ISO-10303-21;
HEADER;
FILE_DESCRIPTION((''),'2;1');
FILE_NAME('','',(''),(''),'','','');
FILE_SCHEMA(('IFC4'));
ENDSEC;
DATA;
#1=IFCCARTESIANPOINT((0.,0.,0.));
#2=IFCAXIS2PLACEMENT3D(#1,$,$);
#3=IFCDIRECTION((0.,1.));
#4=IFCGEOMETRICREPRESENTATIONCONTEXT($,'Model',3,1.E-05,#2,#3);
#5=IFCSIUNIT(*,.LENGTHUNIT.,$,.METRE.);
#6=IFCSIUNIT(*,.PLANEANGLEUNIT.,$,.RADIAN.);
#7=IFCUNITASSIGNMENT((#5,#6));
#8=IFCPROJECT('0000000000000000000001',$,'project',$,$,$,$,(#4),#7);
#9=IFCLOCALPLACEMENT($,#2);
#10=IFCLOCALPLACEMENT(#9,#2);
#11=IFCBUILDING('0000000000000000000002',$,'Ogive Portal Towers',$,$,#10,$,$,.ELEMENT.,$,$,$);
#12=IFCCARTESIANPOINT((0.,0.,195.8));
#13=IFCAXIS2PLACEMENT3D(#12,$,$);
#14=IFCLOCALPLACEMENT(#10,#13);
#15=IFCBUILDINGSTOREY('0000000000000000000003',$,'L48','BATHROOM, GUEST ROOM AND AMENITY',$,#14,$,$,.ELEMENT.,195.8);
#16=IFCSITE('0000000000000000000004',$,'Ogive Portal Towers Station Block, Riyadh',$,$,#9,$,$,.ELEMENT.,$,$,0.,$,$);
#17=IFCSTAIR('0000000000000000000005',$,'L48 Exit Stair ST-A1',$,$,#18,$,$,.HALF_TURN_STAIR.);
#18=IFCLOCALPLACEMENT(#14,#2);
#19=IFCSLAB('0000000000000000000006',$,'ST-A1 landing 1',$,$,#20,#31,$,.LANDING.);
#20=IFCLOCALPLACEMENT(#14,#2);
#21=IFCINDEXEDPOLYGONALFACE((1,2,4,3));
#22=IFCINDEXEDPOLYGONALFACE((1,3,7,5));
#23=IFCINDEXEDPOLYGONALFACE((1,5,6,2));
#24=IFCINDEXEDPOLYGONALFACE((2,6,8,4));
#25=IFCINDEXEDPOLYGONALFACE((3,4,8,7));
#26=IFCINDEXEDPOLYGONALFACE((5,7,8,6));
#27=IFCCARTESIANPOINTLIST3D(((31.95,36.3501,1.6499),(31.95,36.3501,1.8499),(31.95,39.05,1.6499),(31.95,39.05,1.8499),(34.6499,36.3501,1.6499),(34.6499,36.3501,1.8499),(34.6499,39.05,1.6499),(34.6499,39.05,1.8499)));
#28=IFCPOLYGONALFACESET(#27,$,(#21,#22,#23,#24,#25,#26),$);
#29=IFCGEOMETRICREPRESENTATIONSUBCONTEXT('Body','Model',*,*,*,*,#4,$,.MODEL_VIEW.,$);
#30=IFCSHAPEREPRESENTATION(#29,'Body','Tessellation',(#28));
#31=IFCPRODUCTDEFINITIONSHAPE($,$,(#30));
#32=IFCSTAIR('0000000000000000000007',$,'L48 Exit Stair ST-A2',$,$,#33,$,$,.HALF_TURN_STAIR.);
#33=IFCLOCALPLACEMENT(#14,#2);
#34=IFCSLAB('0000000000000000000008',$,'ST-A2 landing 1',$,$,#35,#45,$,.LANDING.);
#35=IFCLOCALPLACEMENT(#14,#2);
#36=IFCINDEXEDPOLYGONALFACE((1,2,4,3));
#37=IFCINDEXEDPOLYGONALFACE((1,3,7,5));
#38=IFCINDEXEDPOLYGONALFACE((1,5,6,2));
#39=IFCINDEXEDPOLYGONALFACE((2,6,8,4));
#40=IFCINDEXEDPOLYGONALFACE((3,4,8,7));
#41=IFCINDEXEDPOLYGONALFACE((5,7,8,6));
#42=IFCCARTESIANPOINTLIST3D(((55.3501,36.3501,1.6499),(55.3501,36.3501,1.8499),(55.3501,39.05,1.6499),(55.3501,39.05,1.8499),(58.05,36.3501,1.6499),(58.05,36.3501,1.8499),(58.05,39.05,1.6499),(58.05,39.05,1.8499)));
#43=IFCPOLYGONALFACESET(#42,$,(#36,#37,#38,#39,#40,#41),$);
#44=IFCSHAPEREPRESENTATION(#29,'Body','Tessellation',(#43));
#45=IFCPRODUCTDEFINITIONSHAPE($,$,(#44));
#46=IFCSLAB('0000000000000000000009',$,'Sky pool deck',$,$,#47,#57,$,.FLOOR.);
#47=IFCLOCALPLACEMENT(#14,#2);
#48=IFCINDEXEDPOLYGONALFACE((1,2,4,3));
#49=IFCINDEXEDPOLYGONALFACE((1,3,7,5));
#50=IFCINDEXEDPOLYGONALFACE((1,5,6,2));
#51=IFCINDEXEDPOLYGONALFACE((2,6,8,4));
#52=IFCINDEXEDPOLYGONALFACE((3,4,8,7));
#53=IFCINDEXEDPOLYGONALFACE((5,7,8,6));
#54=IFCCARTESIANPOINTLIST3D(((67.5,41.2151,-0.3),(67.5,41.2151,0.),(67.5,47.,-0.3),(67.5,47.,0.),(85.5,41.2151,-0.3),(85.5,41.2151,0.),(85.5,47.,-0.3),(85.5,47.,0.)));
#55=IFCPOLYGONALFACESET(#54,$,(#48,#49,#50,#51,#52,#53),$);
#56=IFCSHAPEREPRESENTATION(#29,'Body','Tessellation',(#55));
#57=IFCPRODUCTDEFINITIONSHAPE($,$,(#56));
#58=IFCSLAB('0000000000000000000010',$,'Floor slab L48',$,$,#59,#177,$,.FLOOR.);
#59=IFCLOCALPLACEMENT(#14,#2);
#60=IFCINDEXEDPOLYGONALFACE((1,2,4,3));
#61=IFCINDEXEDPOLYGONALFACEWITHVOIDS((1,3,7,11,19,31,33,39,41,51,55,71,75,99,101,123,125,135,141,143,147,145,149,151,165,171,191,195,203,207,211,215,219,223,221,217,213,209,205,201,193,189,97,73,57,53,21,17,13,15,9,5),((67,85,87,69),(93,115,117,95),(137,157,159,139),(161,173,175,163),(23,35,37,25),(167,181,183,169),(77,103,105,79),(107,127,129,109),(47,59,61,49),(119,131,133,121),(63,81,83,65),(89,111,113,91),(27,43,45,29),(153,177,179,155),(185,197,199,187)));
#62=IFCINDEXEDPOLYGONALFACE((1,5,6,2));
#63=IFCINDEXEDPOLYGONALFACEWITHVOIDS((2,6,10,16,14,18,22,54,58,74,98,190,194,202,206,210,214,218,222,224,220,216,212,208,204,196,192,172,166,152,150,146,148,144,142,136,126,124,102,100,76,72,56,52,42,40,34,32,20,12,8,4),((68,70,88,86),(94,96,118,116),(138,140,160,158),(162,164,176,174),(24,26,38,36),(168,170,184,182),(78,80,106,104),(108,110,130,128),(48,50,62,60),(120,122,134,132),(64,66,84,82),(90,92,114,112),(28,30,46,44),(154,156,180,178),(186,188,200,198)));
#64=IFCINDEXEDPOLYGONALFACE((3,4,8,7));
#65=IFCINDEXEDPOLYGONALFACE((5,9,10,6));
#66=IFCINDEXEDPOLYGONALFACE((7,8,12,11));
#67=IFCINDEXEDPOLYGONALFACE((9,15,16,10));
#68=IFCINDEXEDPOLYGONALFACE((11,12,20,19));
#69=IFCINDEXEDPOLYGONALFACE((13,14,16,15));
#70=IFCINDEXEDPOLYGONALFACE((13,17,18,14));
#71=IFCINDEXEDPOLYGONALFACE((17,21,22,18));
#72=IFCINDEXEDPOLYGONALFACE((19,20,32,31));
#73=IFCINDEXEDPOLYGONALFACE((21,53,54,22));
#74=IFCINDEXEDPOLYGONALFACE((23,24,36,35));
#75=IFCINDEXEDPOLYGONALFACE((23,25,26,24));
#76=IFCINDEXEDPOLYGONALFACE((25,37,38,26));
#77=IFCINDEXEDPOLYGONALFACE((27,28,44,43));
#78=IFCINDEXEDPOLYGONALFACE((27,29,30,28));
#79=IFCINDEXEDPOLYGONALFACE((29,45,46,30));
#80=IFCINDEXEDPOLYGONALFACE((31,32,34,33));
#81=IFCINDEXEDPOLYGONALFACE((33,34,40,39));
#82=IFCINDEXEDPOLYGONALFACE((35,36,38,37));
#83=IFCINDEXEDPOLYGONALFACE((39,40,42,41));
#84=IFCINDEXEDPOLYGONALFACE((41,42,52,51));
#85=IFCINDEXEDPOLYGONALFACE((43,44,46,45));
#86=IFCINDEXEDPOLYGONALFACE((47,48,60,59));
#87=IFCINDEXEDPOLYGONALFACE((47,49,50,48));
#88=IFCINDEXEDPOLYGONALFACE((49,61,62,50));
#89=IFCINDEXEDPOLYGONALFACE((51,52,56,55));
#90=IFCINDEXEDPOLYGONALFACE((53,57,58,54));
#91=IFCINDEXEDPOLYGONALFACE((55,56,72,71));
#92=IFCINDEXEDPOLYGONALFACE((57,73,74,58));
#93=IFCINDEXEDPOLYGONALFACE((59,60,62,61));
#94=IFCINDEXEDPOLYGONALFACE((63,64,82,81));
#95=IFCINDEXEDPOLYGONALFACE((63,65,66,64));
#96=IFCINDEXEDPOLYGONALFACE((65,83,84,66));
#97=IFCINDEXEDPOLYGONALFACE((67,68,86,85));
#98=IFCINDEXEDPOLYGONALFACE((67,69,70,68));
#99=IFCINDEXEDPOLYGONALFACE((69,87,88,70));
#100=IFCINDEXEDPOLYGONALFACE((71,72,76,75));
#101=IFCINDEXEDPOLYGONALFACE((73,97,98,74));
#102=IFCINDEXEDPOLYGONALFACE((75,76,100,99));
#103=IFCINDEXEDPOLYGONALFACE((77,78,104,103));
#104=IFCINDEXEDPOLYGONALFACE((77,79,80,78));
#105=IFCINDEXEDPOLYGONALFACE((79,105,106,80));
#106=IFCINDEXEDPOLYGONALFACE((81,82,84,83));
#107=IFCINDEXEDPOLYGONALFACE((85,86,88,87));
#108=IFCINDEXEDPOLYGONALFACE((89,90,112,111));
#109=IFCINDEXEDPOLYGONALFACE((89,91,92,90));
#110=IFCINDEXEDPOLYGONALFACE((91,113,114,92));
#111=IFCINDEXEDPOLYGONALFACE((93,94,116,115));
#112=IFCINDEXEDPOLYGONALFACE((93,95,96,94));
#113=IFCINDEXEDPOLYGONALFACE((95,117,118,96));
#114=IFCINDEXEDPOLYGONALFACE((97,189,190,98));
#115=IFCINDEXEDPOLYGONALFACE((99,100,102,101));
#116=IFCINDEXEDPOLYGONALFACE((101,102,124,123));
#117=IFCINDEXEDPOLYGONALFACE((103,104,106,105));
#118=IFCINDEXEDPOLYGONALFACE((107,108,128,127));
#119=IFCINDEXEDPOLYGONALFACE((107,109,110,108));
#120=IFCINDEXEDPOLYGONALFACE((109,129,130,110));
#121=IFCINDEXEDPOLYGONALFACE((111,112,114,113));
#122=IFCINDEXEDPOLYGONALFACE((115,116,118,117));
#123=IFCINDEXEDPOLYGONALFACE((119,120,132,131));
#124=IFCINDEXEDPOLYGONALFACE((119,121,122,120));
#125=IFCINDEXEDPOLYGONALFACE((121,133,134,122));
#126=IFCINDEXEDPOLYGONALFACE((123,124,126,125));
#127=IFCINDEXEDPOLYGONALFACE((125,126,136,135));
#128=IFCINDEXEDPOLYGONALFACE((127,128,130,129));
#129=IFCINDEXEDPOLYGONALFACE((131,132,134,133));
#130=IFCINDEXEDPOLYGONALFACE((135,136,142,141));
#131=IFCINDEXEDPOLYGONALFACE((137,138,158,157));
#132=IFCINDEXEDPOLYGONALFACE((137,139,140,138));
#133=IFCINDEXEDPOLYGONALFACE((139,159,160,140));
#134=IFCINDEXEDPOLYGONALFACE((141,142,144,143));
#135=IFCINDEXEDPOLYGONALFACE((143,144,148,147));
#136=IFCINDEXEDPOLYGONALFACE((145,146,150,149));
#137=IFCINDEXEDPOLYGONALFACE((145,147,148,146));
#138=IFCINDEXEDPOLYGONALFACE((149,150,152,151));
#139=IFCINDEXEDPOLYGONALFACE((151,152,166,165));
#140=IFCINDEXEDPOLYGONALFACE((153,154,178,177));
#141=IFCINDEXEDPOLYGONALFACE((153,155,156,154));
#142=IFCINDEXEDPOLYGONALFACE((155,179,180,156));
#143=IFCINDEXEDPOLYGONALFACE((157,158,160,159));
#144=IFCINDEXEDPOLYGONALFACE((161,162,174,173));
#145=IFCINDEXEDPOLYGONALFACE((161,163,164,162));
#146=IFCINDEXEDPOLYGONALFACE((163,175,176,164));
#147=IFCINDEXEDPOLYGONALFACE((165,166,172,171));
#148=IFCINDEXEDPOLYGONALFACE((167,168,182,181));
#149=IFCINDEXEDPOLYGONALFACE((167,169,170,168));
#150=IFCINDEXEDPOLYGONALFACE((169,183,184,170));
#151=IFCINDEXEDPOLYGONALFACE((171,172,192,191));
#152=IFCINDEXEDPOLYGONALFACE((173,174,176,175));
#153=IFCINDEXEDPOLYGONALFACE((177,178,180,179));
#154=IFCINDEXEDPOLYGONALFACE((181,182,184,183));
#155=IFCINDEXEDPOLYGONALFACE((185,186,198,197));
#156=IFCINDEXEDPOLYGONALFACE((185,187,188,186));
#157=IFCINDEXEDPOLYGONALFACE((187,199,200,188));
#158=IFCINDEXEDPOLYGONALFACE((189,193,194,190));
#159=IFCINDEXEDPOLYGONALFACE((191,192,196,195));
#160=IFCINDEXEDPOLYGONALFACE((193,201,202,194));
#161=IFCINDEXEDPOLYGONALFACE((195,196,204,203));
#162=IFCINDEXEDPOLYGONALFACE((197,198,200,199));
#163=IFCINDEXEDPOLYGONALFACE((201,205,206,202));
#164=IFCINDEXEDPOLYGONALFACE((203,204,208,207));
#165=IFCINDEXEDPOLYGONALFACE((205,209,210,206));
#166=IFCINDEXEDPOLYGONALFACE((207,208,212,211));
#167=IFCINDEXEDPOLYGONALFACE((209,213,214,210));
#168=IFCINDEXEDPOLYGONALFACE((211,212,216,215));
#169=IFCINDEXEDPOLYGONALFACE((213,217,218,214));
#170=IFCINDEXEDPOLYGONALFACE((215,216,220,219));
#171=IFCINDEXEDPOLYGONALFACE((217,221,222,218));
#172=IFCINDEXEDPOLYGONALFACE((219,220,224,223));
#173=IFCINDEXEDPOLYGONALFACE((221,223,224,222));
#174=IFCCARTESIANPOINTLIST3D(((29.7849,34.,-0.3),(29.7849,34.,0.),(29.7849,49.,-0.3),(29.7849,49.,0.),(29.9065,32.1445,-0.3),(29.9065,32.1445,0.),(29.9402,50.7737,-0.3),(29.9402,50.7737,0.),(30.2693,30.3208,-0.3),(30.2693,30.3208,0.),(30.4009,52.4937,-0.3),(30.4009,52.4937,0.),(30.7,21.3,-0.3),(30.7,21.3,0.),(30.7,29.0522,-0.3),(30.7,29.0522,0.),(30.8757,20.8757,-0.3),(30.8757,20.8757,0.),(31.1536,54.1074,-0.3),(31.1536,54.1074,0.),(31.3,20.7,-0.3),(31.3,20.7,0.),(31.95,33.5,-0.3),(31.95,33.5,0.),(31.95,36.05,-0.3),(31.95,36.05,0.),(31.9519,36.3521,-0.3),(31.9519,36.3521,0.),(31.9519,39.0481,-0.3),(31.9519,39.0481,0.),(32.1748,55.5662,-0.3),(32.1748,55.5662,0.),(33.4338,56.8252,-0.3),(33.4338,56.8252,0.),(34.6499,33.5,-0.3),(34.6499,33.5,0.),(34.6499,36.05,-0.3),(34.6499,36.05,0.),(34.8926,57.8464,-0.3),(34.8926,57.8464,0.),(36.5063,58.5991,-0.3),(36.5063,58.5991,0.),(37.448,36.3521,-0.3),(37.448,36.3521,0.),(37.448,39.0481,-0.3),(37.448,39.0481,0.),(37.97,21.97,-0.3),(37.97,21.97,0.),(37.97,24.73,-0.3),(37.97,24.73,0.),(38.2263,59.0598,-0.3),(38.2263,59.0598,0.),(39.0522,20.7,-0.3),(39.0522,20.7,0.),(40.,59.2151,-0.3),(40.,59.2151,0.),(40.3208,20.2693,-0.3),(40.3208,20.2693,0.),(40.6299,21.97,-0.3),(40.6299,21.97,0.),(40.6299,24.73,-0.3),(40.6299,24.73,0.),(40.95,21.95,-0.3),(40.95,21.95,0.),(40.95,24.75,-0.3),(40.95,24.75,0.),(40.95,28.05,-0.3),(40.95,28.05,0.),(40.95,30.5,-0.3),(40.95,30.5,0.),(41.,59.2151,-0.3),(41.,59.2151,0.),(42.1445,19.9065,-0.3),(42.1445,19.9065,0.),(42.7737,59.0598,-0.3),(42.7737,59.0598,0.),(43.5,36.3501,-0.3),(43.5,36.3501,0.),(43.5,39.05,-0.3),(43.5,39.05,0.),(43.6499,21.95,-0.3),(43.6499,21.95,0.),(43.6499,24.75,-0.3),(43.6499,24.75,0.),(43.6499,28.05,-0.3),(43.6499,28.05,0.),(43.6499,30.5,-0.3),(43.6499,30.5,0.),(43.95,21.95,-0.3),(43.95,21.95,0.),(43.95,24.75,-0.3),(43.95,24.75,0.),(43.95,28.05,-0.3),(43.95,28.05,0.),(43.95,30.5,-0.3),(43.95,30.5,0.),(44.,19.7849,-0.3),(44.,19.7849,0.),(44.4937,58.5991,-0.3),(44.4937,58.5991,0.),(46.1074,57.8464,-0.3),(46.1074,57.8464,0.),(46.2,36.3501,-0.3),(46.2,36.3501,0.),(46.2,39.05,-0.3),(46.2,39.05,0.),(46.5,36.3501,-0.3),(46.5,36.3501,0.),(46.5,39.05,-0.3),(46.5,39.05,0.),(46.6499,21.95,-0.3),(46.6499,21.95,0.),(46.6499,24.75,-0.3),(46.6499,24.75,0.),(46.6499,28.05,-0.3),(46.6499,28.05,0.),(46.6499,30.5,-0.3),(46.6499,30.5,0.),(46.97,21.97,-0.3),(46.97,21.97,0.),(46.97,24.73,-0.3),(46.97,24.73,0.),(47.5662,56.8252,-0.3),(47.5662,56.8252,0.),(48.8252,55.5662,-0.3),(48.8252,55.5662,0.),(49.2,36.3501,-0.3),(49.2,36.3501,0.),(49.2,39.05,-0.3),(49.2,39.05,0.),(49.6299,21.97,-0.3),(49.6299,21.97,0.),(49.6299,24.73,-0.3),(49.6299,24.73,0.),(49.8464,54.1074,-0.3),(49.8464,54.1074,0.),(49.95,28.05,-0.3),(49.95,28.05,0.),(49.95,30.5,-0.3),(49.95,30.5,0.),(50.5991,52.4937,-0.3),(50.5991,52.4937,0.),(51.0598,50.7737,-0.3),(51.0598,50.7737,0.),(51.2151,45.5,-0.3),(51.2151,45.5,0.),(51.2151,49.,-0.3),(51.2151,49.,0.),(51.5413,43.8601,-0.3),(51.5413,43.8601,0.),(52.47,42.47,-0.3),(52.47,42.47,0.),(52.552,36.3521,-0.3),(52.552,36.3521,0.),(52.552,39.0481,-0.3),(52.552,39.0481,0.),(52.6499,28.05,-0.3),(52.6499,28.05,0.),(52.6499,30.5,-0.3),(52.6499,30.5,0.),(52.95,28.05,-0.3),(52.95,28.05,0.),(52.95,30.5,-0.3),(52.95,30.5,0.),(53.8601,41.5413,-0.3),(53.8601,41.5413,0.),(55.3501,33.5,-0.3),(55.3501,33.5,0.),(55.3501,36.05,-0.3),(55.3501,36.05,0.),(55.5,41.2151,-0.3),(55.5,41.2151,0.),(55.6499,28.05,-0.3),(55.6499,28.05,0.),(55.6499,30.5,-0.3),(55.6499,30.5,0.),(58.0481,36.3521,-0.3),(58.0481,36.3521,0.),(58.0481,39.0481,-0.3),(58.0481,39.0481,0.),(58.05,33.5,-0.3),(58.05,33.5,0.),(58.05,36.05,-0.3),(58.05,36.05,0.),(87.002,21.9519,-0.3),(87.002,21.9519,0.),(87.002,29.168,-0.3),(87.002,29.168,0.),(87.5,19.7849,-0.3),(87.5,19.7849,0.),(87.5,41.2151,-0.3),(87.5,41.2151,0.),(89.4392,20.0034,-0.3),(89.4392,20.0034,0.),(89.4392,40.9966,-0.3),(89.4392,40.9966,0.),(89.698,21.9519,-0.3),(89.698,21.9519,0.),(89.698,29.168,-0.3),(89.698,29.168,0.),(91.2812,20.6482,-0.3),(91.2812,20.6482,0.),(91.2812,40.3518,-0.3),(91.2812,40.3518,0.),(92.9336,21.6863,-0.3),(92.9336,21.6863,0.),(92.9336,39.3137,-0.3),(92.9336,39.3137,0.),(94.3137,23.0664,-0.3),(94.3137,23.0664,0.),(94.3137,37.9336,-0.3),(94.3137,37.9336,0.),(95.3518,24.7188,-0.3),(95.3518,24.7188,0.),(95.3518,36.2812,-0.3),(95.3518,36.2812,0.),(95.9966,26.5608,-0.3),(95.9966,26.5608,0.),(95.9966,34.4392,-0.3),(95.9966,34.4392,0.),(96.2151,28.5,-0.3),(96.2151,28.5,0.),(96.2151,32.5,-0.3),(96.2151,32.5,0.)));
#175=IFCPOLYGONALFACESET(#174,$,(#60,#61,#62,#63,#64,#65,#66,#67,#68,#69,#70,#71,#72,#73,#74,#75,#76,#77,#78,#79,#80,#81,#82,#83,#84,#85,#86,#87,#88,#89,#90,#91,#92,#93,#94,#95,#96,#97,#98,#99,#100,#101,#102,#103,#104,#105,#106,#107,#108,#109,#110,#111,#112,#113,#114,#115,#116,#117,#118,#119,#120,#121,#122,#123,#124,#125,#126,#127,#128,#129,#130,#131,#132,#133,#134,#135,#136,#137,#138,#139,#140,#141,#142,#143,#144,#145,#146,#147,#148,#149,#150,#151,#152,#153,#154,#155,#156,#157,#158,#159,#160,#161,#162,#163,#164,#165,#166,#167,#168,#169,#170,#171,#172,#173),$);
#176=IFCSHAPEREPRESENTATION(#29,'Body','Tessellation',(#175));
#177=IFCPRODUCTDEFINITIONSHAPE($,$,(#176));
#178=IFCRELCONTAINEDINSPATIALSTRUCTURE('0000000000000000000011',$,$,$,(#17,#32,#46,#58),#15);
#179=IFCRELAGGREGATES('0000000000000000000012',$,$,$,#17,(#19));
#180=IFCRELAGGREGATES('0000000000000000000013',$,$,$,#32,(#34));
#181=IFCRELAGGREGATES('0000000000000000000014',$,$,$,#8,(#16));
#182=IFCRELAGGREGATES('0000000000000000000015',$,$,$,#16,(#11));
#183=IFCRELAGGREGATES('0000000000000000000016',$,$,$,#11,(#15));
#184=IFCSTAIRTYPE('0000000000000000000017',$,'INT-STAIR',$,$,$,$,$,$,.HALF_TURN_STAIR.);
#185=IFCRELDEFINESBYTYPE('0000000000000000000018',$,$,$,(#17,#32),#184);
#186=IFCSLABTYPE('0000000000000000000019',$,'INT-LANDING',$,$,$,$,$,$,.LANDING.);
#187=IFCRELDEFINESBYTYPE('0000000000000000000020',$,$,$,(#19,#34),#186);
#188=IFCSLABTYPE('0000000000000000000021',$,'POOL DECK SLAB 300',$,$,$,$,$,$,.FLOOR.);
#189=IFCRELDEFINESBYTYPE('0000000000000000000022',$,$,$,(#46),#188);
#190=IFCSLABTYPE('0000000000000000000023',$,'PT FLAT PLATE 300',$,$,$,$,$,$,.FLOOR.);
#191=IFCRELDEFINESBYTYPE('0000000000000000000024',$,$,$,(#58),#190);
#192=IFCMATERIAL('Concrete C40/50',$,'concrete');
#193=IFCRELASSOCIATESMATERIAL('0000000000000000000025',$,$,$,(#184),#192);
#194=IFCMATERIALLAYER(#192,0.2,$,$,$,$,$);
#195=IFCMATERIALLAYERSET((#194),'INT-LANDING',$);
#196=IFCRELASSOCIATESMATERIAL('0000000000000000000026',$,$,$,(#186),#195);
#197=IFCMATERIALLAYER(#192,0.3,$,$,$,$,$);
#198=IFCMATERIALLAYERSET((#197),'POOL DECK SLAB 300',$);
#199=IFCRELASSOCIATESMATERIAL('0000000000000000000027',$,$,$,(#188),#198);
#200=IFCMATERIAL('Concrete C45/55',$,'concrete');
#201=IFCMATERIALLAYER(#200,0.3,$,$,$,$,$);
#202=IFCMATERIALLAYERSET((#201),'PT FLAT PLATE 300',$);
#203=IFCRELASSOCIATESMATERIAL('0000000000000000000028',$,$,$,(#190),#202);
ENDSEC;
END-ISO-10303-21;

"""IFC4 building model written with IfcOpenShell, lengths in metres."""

from ifc_helpers import new_model, si_unit, direction, frame, origin, place, context, subcontext, project, spatial, polyline, outline, extrude, material, layer, layer_set, type_object, element, aggregate, save


model = new_model("IFC4")

# Units and contexts
model_context = context("Model", 3, precision=1e-05, world=origin(), true_north=direction((0.0, 1.0)))
body_context = subcontext(model_context, "Body", "Model", "MODEL_VIEW")
ifc_project = project(units=[si_unit("LENGTHUNIT", "METRE"), si_unit("PLANEANGLEUNIT", "RADIAN")], contexts=[model_context])

# Site, building, storey
site_placement = place(None, origin())
site = spatial("IfcSite", under=ifc_project, at=site_placement, Name="Ogive Portal Towers Station Block, Riyadh", CompositionType="ELEMENT", RefElevation=0.0)
building_placement = place(site_placement, origin())
building = spatial("IfcBuilding", under=site, at=building_placement, Name="Ogive Portal Towers", CompositionType="ELEMENT")
storey_placement = place(building_placement, frame((0.0, 0.0, 195.8)))
storey = spatial("IfcBuildingStorey", under=building, at=storey_placement, Name="L48", Description="BATHROOM, GUEST ROOM AND AMENITY", CompositionType="ELEMENT", Elevation=195.8)

# Stairs, slabs
ifc_material_1 = material(Name="Concrete C40/50", Category="concrete")
stair_type = type_object("IfcStairType", Name="INT-STAIR", PredefinedType="HALF_TURN_STAIR", material=ifc_material_1)
stair_1_placement = place(storey_placement, origin())
stair_1 = element("IfcStair", 1, at=stair_1_placement, inside=storey, type_object=stair_type, Name="L48 Exit Stair ST-A1", PredefinedType="HALF_TURN_STAIR")
ifc_layer_1 = layer(ifc_material_1, 0.2)
ifc_layer_set_1 = layer_set([ifc_layer_1], Name="INT-LANDING")
slab_type_1 = type_object("IfcSlabType", Name="INT-LANDING", PredefinedType="LANDING", material=ifc_layer_set_1)
slab_1_placement = place(storey_placement, frame((0.0, 0.0, 1.6499)))
slab_1 = element("IfcSlab", 2, at=slab_1_placement, type_object=slab_type_1, Name="ST-A1 landing 1", PredefinedType="LANDING", context=body_context, shape_type="SweptSolid", body=[
    extrude(outline(polyline([(34.6499, 39.05), (31.95, 39.05), (31.95, 36.3501), (34.6499, 36.3501), (34.6499, 39.05)])), origin(), (0.0, 0.0, 1.0), 0.2),
])
aggregate(stair_1, [slab_1])
stair_2_placement = place(storey_placement, origin())
stair_2 = element("IfcStair", 3, at=stair_2_placement, inside=storey, type_object=stair_type, Name="L48 Exit Stair ST-A2", PredefinedType="HALF_TURN_STAIR")
slab_2_placement = place(storey_placement, frame((0.0, 0.0, 1.6499)))
slab_2 = element("IfcSlab", 4, at=slab_2_placement, type_object=slab_type_1, Name="ST-A2 landing 1", PredefinedType="LANDING", context=body_context, shape_type="SweptSolid", body=[
    extrude(outline(polyline([(55.3501, 36.3501), (58.05, 36.3501), (58.05, 39.05), (55.3501, 39.05), (55.3501, 36.3501)])), origin(), (0.0, 0.0, 1.0), 0.2),
])
aggregate(stair_2, [slab_2])

# Slabs
ifc_layer_2 = layer(ifc_material_1, 0.3)
ifc_layer_set_2 = layer_set([ifc_layer_2], Name="POOL DECK SLAB 300")
slab_type_2 = type_object("IfcSlabType", Name="POOL DECK SLAB 300", PredefinedType="FLOOR", material=ifc_layer_set_2)
slab_3_placement = place(storey_placement, frame((0.0, 0.0, -0.3)))
element("IfcSlab", 5, at=slab_3_placement, inside=storey, type_object=slab_type_2, Name="Sky pool deck", PredefinedType="FLOOR", context=body_context, shape_type="SweptSolid", body=[
    extrude(outline(polyline([(67.5, 41.2151), (85.5, 41.2151), (85.5, 47.0), (67.5, 47.0), (67.5, 41.2151)])), origin(), (0.0, 0.0, 1.0), 0.3),
])
ifc_material_2 = material(Name="Concrete C45/55", Category="concrete")
ifc_layer_3 = layer(ifc_material_2, 0.3)
ifc_layer_set_3 = layer_set([ifc_layer_3], Name="PT FLAT PLATE 300")
slab_type_3 = type_object("IfcSlabType", Name="PT FLAT PLATE 300", PredefinedType="FLOOR", material=ifc_layer_set_3)
slab_4_placement = place(storey_placement, frame((0.0, 0.0, -0.3)))
element("IfcSlab", 6, at=slab_4_placement, inside=storey, type_object=slab_type_3, Name="Floor slab L48", PredefinedType="FLOOR", context=body_context, shape_type="SweptSolid", body=[
    extrude(outline(polyline([(29.9065, 32.1445), (30.2693, 30.3208), (30.7, 29.0522), (30.7, 21.3), (30.8757, 20.8757), (31.3, 20.7), (39.0522, 20.7), (40.3208, 20.2693), (42.1445, 19.9065), (44.0, 19.7849), (87.5, 19.7849), (89.4392, 20.0034), (91.2812, 20.6482), (92.9336, 21.6863), (94.3137, 23.0664), (95.3518, 24.7188), (95.9966, 26.5608), (96.2151, 28.5), (96.2151, 32.5), (95.9966, 34.4392), (95.3518, 36.2812), (94.3137, 37.9336), (92.9336, 39.3137), (91.2812, 40.3518), (89.4392, 40.9966), (87.5, 41.2151), (55.5, 41.2151), (53.8601, 41.5413), (52.47, 42.47), (51.5413, 43.8601), (51.2151, 45.5), (51.2151, 49.0), (51.0598, 50.7737), (50.5991, 52.4937), (49.8464, 54.1074), (48.8252, 55.5662), (47.5662, 56.8252), (46.1074, 57.8464), (44.4937, 58.5991), (42.7737, 59.0598), (41.0, 59.2151), (40.0, 59.2151), (38.2263, 59.0598), (36.5063, 58.5991), (34.8926, 57.8464), (33.4338, 56.8252), (32.1748, 55.5662), (31.1536, 54.1074), (30.4009, 52.4937), (29.9402, 50.7737), (29.7849, 49.0), (29.7849, 34.0), (29.9065, 32.1445)]), holes=[polyline([(40.6299, 24.73), (40.6299, 21.97), (37.97, 21.97), (37.97, 24.73), (40.6299, 24.73)]), polyline([(43.6499, 24.75), (43.6499, 21.95), (40.95, 21.95), (40.95, 24.75), (43.6499, 24.75)]), polyline([(46.6499, 24.75), (46.6499, 21.95), (43.95, 21.95), (43.95, 24.75), (46.6499, 24.75)]), polyline([(43.6499, 30.5), (43.6499, 28.05), (40.95, 28.05), (40.95, 30.5), (43.6499, 30.5)]), polyline([(46.6499, 30.5), (46.6499, 28.05), (43.95, 28.05), (43.95, 30.5), (46.6499, 30.5)]), polyline([(34.6499, 36.05), (34.6499, 33.5), (31.95, 33.5), (31.95, 36.05), (34.6499, 36.05)]), polyline([(31.9519, 39.0481), (37.448, 39.0481), (37.448, 36.3521), (31.9519, 36.3521), (31.9519, 39.0481)]), polyline([(46.2, 39.05), (46.2, 36.3501), (43.5, 36.3501), (43.5, 39.05), (46.2, 39.05)]), polyline([(49.6299, 21.97), (46.97, 21.97), (46.97, 24.73), (49.6299, 24.73), (49.6299, 21.97)]), polyline([(87.002, 21.9519), (87.002, 29.168), (89.698, 29.168), (89.698, 21.9519), (87.002, 21.9519)]), polyline([(52.6499, 30.5), (52.6499, 28.05), (49.95, 28.05), (49.95, 30.5), (52.6499, 30.5)]), polyline([(55.6499, 30.5), (55.6499, 28.05), (52.95, 28.05), (52.95, 30.5), (55.6499, 30.5)]), polyline([(58.05, 36.05), (58.05, 33.5), (55.3501, 33.5), (55.3501, 36.05), (58.05, 36.05)]), polyline([(49.2, 39.05), (49.2, 36.3501), (46.5, 36.3501), (46.5, 39.05), (49.2, 39.05)]), polyline([(58.0481, 36.3521), (52.552, 36.3521), (52.552, 39.0481), (58.0481, 39.0481), (58.0481, 36.3521)])]), origin(), (0.0, 0.0, 1.0), 0.3),
])

save(model, "model.ifc")
